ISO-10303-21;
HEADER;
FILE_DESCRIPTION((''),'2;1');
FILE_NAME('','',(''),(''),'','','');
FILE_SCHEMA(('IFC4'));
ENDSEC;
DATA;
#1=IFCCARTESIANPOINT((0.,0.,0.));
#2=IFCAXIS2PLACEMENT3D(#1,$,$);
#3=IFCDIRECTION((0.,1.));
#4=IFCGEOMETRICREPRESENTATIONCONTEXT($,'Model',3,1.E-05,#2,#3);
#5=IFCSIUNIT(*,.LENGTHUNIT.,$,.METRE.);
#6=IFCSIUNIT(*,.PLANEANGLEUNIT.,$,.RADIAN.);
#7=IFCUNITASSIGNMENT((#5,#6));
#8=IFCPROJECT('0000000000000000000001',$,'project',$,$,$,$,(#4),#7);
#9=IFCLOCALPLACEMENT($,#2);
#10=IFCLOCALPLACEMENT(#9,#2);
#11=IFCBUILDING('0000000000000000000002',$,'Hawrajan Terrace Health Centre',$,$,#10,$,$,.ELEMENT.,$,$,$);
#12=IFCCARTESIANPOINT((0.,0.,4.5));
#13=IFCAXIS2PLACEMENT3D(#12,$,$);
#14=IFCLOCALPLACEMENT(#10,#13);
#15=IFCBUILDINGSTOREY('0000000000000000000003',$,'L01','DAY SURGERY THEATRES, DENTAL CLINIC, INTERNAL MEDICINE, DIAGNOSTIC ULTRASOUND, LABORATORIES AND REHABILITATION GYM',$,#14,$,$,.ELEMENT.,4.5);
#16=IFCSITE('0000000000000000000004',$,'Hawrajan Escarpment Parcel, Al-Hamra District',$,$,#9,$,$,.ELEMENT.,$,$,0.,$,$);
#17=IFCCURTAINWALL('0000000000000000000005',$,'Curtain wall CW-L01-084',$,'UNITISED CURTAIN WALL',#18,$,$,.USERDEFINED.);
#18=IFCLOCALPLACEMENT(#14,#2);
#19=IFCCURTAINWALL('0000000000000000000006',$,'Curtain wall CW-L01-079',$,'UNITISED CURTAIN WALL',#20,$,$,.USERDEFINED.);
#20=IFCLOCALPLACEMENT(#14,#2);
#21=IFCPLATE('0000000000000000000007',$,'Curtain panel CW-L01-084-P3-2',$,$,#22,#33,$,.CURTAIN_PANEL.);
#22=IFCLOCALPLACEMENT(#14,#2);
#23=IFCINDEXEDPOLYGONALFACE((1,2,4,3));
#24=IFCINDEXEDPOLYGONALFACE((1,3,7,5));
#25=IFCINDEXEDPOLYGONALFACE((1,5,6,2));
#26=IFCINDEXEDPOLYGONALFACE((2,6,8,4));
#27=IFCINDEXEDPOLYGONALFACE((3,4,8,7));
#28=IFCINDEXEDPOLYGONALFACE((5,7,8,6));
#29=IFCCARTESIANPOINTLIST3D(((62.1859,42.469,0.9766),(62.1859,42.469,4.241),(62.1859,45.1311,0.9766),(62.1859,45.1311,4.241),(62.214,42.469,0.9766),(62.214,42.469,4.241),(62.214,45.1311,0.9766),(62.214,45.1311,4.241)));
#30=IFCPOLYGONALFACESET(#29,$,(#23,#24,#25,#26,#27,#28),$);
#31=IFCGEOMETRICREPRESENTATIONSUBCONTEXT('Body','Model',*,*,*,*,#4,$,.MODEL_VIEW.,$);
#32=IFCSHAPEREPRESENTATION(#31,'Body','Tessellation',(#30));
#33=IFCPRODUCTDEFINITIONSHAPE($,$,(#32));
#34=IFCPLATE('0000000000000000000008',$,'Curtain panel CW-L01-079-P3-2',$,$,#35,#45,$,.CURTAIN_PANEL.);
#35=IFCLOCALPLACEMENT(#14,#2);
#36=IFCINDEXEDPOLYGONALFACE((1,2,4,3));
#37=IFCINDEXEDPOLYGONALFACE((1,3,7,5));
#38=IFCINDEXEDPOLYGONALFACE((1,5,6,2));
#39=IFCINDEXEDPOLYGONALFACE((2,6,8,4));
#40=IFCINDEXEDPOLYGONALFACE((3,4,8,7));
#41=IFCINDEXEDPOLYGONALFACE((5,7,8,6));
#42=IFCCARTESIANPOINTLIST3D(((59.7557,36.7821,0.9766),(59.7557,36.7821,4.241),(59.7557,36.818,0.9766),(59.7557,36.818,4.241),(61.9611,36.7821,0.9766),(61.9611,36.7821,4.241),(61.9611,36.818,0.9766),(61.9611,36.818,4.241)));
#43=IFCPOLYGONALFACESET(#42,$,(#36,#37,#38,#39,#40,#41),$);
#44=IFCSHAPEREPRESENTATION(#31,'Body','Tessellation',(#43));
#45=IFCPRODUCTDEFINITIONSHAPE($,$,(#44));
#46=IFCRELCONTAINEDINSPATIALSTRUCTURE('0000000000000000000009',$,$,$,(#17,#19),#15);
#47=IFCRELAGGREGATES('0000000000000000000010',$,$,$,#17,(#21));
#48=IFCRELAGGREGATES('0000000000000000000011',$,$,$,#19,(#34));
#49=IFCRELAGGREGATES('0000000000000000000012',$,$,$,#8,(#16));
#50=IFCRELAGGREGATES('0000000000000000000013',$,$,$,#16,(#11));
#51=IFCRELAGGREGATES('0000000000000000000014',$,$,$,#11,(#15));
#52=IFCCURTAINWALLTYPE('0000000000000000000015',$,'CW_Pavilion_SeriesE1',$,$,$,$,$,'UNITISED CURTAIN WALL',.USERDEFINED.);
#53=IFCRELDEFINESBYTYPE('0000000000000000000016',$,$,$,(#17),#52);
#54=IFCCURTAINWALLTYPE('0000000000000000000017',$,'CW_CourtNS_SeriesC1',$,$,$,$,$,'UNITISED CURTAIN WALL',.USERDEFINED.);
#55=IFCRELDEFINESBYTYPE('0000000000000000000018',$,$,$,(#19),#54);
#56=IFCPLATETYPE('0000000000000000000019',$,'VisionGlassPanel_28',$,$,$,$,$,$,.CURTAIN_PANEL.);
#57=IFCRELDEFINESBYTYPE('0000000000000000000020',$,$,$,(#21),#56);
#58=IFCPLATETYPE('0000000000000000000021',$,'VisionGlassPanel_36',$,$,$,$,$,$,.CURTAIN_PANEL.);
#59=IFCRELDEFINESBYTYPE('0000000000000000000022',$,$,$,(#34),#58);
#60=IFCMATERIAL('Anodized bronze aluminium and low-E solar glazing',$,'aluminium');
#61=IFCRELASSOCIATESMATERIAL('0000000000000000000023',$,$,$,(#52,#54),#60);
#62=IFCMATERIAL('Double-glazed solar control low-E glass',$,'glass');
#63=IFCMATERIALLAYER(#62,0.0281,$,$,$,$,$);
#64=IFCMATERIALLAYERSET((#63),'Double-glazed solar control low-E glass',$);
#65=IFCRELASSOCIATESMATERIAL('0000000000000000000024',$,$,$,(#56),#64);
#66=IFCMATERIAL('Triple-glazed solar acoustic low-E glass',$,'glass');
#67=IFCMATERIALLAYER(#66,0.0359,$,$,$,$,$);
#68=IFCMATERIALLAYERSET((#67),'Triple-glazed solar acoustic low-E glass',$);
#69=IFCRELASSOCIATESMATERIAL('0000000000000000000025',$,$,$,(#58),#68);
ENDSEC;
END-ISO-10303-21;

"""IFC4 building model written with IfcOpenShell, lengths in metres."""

from ifc_helpers import new_model, si_unit, direction, frame, origin, origin_2d, place, context, subcontext, project, spatial, rectangle, extrude, material, layer, layer_set, type_object, element, aggregate, save


model = new_model("IFC4")

# Units and contexts
model_context = context("Model", 3, precision=1e-05, world=origin(), true_north=direction((0.0, 1.0)))
body_context = subcontext(model_context, "Body", "Model", "MODEL_VIEW")
ifc_project = project(units=[si_unit("LENGTHUNIT", "METRE"), si_unit("PLANEANGLEUNIT", "RADIAN")], contexts=[model_context])

# Site, building, storey
site_placement = place(None, origin())
site = spatial("IfcSite", under=ifc_project, at=site_placement, Name="Hawrajan Escarpment Parcel, Al-Hamra District", CompositionType="ELEMENT", RefElevation=0.0)
building_placement = place(site_placement, origin())
building = spatial("IfcBuilding", under=site, at=building_placement, Name="Hawrajan Terrace Health Centre", CompositionType="ELEMENT")
storey_placement = place(building_placement, frame((0.0, 0.0, 4.5)))
storey = spatial("IfcBuildingStorey", under=building, at=storey_placement, Name="L01", Description="DAY SURGERY THEATRES, DENTAL CLINIC, INTERNAL MEDICINE, DIAGNOSTIC ULTRASOUND, LABORATORIES AND REHABILITATION GYM", CompositionType="ELEMENT", Elevation=4.5)

# Curtain wall
ifc_material_1 = material(Name="Anodized bronze aluminium and low-E solar glazing", Category="aluminium")
curtain_wall_type_1 = type_object("IfcCurtainWallType", Name="CW_Pavilion_SeriesE1", ElementType="UNITISED CURTAIN WALL", PredefinedType="USERDEFINED", material=ifc_material_1)
curtain_wall_1_placement = place(storey_placement, origin())
curtain_wall_1 = element("IfcCurtainWall", 1, at=curtain_wall_1_placement, inside=storey, type_object=curtain_wall_type_1, Name="Curtain wall CW-L01-084", ObjectType="UNITISED CURTAIN WALL", PredefinedType="USERDEFINED")

# Curtain wall
curtain_wall_type_2 = type_object("IfcCurtainWallType", Name="CW_CourtNS_SeriesC1", ElementType="UNITISED CURTAIN WALL", PredefinedType="USERDEFINED", material=ifc_material_1)
curtain_wall_2_placement = place(storey_placement, origin())
curtain_wall_2 = element("IfcCurtainWall", 2, at=curtain_wall_2_placement, inside=storey, type_object=curtain_wall_type_2, Name="Curtain wall CW-L01-079", ObjectType="UNITISED CURTAIN WALL", PredefinedType="USERDEFINED")

# Plates
ifc_material_2 = material(Name="Double-glazed solar control low-E glass", Category="glass")
ifc_layer_1 = layer(ifc_material_2, 0.0281)
ifc_layer_set_1 = layer_set([ifc_layer_1], Name="Double-glazed solar control low-E glass")
plate_type_1 = type_object("IfcPlateType", Name="VisionGlassPanel_28", PredefinedType="CURTAIN_PANEL", material=ifc_layer_set_1)
plate_1_placement = place(storey_placement, frame((62.2, 43.8, 0.9766), z_axis=(0.0, 0.0, 1.0), x_axis=(0.0, 1.0, 0.0)))
plate_1 = element("IfcPlate", 3, at=plate_1_placement, type_object=plate_type_1, Name="Curtain panel CW-L01-084-P3-2", PredefinedType="CURTAIN_PANEL", context=body_context, shape_type="SweptSolid", body=[
    extrude(rectangle(XDim=2.6621, YDim=0.0281, at=origin_2d()), origin(), (0.0, 0.0, 1.0), 3.2644),
])
aggregate(curtain_wall_1, [plate_1])
ifc_material_3 = material(Name="Triple-glazed solar acoustic low-E glass", Category="glass")
ifc_layer_2 = layer(ifc_material_3, 0.0359)
ifc_layer_set_2 = layer_set([ifc_layer_2], Name="Triple-glazed solar acoustic low-E glass")
plate_type_2 = type_object("IfcPlateType", Name="VisionGlassPanel_36", PredefinedType="CURTAIN_PANEL", material=ifc_layer_set_2)
plate_2_placement = place(storey_placement, frame((60.8584, 36.8, 0.9766), z_axis=(0.0, 0.0, 1.0), x_axis=(1.0, 0.0, 0.0)))
plate_2 = element("IfcPlate", 4, at=plate_2_placement, type_object=plate_type_2, Name="Curtain panel CW-L01-079-P3-2", PredefinedType="CURTAIN_PANEL", context=body_context, shape_type="SweptSolid", body=[
    extrude(rectangle(XDim=2.2053, YDim=0.0359, at=origin_2d()), origin(), (0.0, 0.0, 1.0), 3.2644),
])
aggregate(curtain_wall_2, [plate_2])

save(model, "model.ifc")
